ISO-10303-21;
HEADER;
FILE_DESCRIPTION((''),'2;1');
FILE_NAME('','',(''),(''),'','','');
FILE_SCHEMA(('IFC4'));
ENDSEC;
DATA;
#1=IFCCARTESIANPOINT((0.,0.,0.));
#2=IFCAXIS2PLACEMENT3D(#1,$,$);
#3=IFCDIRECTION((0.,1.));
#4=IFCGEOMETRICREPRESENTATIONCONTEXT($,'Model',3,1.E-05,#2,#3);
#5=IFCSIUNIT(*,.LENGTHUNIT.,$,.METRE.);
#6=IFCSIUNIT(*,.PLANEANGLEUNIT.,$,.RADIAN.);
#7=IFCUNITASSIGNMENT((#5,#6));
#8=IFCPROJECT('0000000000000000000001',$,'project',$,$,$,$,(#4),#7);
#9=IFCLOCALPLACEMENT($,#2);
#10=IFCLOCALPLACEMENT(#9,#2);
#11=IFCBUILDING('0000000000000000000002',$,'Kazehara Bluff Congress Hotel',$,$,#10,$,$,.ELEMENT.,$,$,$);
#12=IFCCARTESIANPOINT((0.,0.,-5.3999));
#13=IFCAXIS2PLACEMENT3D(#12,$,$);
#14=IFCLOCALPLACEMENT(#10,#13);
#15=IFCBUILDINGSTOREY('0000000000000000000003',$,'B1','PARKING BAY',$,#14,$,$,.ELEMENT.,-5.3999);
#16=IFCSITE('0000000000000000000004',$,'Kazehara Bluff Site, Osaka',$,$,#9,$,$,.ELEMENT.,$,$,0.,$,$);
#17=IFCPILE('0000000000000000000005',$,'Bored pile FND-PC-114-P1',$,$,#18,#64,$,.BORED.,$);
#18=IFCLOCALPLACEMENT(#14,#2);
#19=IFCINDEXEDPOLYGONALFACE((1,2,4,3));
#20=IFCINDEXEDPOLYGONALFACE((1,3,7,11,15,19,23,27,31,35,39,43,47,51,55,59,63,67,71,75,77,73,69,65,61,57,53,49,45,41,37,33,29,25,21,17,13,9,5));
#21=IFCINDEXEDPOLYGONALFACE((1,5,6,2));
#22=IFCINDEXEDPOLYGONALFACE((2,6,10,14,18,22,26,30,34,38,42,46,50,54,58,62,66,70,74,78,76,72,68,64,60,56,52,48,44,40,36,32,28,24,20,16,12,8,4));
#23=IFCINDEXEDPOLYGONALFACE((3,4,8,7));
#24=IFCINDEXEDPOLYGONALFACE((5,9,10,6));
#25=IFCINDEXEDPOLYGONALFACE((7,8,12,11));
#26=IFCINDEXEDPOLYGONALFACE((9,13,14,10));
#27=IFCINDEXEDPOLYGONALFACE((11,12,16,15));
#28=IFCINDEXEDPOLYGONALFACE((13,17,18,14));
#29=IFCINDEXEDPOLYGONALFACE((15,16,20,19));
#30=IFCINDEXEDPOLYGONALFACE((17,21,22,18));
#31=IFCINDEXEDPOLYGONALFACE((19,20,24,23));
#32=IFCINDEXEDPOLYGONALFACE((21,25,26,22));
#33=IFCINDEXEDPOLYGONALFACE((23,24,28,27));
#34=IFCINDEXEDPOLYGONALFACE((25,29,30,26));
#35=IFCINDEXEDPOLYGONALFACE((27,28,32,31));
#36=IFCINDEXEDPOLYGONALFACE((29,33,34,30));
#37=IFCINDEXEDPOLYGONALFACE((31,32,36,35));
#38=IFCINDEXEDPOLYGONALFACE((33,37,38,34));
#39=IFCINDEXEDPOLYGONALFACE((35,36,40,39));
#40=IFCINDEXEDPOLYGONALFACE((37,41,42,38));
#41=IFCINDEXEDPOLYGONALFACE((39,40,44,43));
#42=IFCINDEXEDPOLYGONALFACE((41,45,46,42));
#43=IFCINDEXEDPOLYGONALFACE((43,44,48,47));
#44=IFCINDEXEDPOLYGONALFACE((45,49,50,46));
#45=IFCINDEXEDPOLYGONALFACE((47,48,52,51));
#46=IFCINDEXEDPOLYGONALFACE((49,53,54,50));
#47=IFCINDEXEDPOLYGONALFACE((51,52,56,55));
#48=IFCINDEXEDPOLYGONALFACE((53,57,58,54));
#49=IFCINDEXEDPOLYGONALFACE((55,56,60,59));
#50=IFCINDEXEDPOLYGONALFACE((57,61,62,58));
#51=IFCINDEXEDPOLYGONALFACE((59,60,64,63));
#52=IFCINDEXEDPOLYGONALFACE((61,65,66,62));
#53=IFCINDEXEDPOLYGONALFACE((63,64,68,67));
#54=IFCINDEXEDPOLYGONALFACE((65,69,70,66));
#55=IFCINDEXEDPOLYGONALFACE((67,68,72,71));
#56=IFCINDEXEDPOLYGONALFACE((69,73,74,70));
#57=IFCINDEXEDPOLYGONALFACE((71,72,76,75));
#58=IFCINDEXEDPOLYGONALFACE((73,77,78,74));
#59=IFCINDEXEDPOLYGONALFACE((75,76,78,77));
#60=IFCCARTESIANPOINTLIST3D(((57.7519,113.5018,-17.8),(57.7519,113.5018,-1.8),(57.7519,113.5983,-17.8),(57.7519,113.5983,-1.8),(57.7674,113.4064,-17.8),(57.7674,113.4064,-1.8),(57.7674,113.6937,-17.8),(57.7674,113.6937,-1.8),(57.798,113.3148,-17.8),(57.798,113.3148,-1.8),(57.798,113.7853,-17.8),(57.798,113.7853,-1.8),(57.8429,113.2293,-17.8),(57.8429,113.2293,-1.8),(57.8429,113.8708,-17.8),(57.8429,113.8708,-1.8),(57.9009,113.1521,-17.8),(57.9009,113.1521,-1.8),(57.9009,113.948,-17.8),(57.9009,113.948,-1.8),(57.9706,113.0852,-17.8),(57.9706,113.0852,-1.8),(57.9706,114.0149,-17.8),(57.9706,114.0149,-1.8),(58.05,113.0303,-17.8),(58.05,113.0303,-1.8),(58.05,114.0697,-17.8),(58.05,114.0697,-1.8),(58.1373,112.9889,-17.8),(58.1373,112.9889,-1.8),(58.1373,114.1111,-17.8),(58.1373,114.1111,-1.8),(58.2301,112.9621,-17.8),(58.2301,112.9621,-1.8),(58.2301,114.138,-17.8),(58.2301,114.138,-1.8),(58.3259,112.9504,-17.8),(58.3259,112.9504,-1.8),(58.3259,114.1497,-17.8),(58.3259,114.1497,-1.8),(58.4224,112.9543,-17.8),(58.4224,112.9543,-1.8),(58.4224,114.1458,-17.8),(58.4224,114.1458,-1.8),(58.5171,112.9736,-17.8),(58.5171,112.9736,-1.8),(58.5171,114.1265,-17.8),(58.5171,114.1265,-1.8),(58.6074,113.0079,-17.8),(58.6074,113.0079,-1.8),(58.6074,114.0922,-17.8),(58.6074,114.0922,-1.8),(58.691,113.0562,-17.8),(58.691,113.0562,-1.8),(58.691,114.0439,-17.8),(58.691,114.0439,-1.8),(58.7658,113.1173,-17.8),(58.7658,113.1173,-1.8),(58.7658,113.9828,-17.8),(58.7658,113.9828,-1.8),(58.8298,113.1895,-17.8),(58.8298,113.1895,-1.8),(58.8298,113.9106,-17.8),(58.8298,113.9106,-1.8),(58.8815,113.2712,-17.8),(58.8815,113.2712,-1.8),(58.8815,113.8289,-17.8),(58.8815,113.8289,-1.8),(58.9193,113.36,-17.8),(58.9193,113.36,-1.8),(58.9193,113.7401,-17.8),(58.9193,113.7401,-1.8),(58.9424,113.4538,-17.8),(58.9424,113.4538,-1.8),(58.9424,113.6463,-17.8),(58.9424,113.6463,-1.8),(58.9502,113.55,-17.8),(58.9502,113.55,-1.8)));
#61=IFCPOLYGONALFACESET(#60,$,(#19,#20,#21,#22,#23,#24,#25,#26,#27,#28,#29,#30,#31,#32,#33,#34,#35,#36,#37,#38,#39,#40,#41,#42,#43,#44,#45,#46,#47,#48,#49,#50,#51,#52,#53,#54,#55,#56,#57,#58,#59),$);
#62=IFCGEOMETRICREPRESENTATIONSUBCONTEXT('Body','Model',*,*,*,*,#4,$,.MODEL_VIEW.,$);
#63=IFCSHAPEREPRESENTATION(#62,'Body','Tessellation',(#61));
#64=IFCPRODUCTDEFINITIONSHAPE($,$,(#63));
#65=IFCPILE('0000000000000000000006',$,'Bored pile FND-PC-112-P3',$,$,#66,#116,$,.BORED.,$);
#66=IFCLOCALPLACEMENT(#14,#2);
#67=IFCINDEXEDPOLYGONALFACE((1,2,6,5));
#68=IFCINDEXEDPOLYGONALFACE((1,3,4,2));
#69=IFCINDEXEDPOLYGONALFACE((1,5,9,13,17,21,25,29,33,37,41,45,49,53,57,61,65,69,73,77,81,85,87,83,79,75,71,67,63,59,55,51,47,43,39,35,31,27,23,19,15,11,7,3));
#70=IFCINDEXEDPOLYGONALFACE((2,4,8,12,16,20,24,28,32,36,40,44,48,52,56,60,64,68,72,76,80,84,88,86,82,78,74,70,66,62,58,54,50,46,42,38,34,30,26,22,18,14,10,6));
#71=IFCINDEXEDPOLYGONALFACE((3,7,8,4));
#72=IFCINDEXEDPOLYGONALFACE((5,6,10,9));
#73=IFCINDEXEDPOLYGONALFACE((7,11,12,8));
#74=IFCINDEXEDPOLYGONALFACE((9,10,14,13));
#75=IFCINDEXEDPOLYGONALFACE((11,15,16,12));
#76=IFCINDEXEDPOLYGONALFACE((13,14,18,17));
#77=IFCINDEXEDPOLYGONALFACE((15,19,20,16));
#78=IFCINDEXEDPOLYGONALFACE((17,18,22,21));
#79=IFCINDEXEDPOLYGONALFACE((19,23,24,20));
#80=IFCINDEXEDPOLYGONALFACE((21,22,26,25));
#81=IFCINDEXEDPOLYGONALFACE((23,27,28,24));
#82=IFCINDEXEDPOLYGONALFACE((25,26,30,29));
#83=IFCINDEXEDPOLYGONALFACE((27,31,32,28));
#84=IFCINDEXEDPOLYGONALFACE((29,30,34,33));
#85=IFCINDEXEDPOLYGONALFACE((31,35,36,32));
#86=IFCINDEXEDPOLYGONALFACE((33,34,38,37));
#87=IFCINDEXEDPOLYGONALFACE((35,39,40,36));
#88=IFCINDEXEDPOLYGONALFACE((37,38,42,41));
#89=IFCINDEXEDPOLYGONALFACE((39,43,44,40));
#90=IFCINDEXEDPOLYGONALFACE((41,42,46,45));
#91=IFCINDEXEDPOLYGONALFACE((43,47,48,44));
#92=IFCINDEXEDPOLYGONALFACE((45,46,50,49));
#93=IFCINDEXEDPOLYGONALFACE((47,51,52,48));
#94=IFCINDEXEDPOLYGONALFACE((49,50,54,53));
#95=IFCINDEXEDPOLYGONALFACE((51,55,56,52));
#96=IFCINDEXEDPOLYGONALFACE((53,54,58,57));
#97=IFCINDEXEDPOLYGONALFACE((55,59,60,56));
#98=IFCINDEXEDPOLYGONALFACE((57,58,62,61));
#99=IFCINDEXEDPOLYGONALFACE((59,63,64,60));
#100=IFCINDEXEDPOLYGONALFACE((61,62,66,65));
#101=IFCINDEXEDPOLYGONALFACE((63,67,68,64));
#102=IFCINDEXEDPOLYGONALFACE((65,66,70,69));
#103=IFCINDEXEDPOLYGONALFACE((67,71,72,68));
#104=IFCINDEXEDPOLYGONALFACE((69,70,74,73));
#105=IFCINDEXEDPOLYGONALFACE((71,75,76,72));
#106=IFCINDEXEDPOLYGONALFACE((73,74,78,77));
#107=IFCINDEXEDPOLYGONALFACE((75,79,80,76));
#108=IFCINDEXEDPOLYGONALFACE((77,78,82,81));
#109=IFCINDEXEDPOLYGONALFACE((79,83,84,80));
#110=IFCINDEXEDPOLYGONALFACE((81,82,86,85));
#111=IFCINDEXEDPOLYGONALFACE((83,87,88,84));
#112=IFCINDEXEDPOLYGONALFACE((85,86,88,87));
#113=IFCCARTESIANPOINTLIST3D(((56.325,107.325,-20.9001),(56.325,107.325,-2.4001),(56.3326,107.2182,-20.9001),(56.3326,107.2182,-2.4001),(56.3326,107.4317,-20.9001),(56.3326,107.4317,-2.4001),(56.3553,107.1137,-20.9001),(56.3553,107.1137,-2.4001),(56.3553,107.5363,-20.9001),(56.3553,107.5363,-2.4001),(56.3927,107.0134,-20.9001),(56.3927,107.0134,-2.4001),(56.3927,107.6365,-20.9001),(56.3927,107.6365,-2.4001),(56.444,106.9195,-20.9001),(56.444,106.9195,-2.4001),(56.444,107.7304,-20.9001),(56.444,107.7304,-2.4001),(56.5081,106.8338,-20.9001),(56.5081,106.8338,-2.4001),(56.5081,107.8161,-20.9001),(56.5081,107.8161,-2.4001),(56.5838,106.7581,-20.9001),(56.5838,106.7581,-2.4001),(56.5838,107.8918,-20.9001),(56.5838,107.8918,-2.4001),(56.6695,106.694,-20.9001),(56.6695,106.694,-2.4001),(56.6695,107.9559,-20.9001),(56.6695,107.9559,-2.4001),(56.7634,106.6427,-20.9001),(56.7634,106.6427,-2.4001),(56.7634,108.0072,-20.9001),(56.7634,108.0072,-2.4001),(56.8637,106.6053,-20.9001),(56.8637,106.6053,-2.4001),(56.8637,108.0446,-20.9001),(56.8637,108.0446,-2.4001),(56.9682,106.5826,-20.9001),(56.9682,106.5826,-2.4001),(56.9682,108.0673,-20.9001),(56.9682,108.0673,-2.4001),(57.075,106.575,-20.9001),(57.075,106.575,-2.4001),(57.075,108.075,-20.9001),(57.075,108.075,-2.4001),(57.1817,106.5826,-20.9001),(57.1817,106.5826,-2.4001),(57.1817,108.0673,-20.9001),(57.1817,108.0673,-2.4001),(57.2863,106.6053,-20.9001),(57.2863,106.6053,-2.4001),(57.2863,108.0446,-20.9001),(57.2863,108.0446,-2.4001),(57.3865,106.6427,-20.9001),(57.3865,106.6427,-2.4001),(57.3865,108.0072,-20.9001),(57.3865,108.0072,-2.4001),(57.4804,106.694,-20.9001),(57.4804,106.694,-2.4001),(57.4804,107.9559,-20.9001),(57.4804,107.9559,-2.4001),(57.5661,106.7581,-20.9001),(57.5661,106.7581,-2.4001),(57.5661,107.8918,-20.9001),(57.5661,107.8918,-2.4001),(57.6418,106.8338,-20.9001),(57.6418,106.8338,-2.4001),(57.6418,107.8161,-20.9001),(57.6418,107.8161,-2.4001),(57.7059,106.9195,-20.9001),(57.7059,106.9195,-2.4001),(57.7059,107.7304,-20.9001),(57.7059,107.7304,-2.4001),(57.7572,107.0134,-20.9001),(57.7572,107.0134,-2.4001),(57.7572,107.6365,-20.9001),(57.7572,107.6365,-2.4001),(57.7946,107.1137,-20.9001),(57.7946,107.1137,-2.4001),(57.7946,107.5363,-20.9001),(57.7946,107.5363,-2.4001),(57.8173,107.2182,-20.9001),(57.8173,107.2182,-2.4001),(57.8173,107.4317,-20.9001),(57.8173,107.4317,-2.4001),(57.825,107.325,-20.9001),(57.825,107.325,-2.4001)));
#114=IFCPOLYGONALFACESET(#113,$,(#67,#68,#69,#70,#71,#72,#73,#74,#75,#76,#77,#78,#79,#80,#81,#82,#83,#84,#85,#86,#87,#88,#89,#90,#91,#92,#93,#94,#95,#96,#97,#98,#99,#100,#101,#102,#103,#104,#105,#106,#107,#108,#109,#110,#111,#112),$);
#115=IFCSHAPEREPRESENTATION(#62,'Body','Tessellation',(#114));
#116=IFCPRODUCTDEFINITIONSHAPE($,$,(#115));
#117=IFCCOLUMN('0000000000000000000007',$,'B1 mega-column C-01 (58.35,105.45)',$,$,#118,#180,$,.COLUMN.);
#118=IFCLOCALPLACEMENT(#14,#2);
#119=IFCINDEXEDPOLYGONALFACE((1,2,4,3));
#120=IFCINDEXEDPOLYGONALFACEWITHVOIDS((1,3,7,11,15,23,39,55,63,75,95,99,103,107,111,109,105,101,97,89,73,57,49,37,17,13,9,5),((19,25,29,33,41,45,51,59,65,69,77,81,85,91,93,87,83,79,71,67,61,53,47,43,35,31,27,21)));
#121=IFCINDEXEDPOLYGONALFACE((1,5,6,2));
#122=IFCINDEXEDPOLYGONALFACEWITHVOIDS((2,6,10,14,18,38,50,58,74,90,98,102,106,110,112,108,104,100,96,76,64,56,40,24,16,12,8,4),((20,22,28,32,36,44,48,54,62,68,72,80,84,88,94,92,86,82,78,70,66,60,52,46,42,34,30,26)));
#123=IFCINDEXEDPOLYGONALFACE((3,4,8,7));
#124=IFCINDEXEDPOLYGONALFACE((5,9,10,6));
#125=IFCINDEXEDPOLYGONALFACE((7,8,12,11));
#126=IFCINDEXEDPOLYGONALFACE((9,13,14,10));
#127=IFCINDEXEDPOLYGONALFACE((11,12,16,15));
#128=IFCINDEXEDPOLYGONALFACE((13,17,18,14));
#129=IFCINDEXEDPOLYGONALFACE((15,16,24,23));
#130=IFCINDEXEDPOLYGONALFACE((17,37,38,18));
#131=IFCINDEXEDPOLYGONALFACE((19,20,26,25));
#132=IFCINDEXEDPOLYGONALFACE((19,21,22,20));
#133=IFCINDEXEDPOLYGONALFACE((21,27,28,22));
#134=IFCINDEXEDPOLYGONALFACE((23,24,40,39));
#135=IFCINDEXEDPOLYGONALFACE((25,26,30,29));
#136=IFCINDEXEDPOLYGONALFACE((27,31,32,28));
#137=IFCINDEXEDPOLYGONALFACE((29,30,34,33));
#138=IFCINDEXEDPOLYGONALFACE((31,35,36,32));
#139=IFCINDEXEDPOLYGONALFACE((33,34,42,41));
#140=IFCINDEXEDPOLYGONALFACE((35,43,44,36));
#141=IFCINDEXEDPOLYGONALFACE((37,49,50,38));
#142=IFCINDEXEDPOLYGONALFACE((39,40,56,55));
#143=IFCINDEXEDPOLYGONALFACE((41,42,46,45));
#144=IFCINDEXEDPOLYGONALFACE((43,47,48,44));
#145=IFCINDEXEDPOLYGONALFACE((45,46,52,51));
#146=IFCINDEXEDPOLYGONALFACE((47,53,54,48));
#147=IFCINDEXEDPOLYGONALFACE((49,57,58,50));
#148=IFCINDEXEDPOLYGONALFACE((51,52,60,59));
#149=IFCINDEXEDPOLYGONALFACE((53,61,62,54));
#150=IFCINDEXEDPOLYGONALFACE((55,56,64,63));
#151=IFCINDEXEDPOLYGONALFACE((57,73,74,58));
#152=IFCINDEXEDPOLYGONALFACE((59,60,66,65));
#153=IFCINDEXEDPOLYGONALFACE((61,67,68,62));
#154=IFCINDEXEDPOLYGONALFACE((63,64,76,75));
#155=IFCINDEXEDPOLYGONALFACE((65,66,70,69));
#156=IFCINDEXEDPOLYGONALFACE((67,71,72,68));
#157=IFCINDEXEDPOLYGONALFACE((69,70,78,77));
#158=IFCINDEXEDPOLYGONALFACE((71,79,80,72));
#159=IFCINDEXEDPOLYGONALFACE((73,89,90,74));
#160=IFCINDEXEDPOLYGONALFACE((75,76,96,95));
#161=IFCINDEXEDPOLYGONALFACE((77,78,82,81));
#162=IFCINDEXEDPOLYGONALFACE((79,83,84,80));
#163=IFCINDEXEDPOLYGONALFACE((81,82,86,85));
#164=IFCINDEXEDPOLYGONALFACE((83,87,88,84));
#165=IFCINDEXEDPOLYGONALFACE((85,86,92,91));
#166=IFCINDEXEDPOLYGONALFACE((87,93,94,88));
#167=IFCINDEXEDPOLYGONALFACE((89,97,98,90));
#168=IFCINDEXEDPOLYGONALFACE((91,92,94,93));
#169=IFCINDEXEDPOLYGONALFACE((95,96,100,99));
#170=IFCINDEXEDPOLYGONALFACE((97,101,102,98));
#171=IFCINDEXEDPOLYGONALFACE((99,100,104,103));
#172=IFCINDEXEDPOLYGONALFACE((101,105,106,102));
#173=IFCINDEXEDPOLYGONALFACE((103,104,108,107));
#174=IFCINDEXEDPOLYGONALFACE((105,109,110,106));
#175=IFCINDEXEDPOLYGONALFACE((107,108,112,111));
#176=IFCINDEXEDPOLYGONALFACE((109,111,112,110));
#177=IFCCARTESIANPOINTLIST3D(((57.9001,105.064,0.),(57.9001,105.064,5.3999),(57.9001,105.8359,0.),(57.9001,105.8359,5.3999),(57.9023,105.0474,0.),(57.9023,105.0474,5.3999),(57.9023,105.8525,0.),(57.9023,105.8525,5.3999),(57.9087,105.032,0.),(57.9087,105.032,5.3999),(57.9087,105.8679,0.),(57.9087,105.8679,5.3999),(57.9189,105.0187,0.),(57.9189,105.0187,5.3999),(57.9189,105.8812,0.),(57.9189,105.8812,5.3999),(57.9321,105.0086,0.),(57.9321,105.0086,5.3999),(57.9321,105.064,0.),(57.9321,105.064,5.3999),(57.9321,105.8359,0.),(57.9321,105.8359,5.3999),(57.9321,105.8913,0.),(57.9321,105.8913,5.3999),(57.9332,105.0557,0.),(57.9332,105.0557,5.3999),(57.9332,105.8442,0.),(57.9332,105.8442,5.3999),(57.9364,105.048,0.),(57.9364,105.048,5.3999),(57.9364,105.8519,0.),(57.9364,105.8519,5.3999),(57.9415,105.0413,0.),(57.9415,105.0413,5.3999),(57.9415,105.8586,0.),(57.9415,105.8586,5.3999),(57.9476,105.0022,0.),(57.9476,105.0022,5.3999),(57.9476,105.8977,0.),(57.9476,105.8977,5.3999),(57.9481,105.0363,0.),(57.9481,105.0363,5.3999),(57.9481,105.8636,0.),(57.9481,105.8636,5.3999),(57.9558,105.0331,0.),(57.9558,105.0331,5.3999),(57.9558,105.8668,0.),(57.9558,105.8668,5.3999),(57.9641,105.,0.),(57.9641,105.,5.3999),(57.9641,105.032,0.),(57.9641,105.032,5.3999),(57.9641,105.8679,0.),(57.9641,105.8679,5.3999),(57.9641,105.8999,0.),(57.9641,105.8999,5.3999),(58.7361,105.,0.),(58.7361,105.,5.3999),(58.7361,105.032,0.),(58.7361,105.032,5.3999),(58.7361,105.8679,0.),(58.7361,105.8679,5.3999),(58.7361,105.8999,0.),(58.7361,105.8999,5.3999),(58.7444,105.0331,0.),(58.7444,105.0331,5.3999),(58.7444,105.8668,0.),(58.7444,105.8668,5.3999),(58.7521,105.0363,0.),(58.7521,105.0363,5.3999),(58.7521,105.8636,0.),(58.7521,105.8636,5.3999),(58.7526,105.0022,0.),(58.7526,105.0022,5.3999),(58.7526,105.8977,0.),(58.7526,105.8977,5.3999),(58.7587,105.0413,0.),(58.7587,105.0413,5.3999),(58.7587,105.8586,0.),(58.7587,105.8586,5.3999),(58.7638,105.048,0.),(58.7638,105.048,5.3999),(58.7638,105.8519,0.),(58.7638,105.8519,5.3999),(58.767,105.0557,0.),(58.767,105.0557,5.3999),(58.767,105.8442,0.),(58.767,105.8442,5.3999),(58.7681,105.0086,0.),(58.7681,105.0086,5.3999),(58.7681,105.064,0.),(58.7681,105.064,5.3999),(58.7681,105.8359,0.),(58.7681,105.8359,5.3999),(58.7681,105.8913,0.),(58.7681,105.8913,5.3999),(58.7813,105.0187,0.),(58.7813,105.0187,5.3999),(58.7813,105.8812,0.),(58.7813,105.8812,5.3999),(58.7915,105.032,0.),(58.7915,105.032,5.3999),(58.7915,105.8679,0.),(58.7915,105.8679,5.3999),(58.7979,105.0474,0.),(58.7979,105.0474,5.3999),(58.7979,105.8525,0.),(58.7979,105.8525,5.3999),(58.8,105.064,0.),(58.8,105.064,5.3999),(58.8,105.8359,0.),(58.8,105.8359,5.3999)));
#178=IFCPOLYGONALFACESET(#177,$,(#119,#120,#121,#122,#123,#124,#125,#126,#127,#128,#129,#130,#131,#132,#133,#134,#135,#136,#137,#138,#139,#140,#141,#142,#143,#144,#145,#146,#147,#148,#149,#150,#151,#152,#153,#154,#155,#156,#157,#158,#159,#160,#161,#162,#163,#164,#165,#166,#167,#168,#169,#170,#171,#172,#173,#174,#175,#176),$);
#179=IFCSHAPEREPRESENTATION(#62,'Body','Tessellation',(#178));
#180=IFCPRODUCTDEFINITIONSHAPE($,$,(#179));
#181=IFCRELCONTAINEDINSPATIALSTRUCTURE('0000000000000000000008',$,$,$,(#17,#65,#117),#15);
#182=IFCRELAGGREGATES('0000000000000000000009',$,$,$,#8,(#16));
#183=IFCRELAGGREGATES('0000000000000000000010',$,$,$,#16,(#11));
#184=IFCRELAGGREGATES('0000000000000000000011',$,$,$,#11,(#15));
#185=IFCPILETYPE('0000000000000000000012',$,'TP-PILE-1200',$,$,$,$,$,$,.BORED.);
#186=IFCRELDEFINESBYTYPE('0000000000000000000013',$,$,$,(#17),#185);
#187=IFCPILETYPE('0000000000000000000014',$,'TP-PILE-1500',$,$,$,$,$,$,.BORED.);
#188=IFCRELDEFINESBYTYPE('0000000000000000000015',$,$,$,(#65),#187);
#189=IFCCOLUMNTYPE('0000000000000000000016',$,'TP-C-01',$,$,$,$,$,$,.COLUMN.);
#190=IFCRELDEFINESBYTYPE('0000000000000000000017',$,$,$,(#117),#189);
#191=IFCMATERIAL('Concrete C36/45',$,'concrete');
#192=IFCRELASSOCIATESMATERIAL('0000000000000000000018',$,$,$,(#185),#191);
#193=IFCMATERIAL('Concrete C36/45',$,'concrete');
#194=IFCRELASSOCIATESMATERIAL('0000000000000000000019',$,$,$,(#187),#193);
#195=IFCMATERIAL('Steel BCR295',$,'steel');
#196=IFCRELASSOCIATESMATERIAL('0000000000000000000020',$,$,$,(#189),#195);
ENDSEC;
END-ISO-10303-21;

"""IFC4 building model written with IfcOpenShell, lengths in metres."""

from ifc_helpers import new_model, si_unit, direction, frame, origin, origin_2d, place, context, subcontext, project, spatial, hollow_rectangle, circle, extrude, material, material_profile, profile_set, type_object, element, save


model = new_model("IFC4")

# Units and contexts
model_context = context("Model", 3, precision=1e-05, world=origin(), true_north=direction((0.0, 1.0)))
body_context = subcontext(model_context, "Body", "Model", "MODEL_VIEW")
ifc_project = project(units=[si_unit("LENGTHUNIT", "METRE"), si_unit("PLANEANGLEUNIT", "RADIAN")], contexts=[model_context])

# Site, building, storey
site_placement = place(None, origin())
site = spatial("IfcSite", under=ifc_project, at=site_placement, Name="Kazehara Bluff Site, Osaka", CompositionType="ELEMENT", RefElevation=0.0)
building_placement = place(site_placement, origin())
building = spatial("IfcBuilding", under=site, at=building_placement, Name="Kazehara Bluff Congress Hotel", CompositionType="ELEMENT")
storey_placement = place(building_placement, frame((0.0, 0.0, -5.3999)))
storey = spatial("IfcBuildingStorey", under=building, at=storey_placement, Name="B1", Description="PARKING BAY", CompositionType="ELEMENT", Elevation=-5.3999)

# Piles
ifc_material_1 = material(Name="Concrete C36/45", Category="concrete")
ifc_material_profile_1 = material_profile(ifc_material_1, circle(Radius=0.6001, at=origin_2d()))
ifc_profile_set_1 = profile_set([ifc_material_profile_1], Name="Concrete C36/45")
pile_type_1 = type_object("IfcPileType", Name="TP-PILE-1200", PredefinedType="BORED", material=ifc_profile_set_1)
for number, where, z_axis, x_axis, name in (
    (1, (58.3501, 113.55, -1.8), (0.0, 0.0, -1.0), (1.0, 0.0, 0.0), "Bored pile FND-PC-114-P1"),
):
    element("IfcPile", number, at=place(storey_placement, frame(where, z_axis=z_axis, x_axis=x_axis)), inside=storey, type_object=pile_type_1, Name=name, PredefinedType="BORED", context=body_context, shape_type="SweptSolid", body=[
        extrude(circle(Radius=0.6001, at=origin_2d()), origin(), (0.0, 0.0, 1.0), 16.0),
    ])
ifc_material_2 = material(Name="Concrete C36/45", Category="concrete")
ifc_material_profile_2 = material_profile(ifc_material_2, circle(Radius=0.75, at=origin_2d()))
ifc_profile_set_2 = profile_set([ifc_material_profile_2], Name="Concrete C36/45")
pile_type_2 = type_object("IfcPileType", Name="TP-PILE-1500", PredefinedType="BORED", material=ifc_profile_set_2)
pile_placement = place(storey_placement, frame((57.075, 107.325, -2.4001), z_axis=(0.0, 0.0, -1.0), x_axis=(1.0, 0.0, 0.0)))
element("IfcPile", 2, at=pile_placement, inside=storey, type_object=pile_type_2, Name="Bored pile FND-PC-112-P3", PredefinedType="BORED", context=body_context, shape_type="SweptSolid", body=[
    extrude(circle(Radius=0.75, at=origin_2d()), origin(), (0.0, 0.0, 1.0), 18.5),
])

# Column
ifc_material_3 = material(Name="Steel BCR295", Category="steel")
ifc_material_profile_3 = material_profile(ifc_material_3, hollow_rectangle(XDim=0.8999, YDim=0.8999, WallThickness=0.032, InnerFilletRadius=0.032, OuterFilletRadius=0.064, at=origin_2d()))
ifc_profile_set_3 = profile_set([ifc_material_profile_3], Name="Steel BCR295")
column_type_1 = type_object("IfcColumnType", Name="TP-C-01", PredefinedType="COLUMN", material=ifc_profile_set_3)
for number, where, z_axis, x_axis, name in (
    (3, (58.3501, 105.45, 0.0), (0.0, 0.0, 1.0), (1.0, 0.0, 0.0), "B1 mega-column C-01 (58.35,105.45)"),
):
    element("IfcColumn", number, at=place(storey_placement, frame(where, z_axis=z_axis, x_axis=x_axis)), inside=storey, type_object=column_type_1, Name=name, PredefinedType="COLUMN", context=body_context, shape_type="SweptSolid", body=[
        extrude(hollow_rectangle(XDim=0.8999, YDim=0.8999, WallThickness=0.032, InnerFilletRadius=0.032, OuterFilletRadius=0.064, at=origin_2d()), origin(), (0.0, 0.0, 1.0), 5.3999),
    ])

save(model, "model.ifc")
